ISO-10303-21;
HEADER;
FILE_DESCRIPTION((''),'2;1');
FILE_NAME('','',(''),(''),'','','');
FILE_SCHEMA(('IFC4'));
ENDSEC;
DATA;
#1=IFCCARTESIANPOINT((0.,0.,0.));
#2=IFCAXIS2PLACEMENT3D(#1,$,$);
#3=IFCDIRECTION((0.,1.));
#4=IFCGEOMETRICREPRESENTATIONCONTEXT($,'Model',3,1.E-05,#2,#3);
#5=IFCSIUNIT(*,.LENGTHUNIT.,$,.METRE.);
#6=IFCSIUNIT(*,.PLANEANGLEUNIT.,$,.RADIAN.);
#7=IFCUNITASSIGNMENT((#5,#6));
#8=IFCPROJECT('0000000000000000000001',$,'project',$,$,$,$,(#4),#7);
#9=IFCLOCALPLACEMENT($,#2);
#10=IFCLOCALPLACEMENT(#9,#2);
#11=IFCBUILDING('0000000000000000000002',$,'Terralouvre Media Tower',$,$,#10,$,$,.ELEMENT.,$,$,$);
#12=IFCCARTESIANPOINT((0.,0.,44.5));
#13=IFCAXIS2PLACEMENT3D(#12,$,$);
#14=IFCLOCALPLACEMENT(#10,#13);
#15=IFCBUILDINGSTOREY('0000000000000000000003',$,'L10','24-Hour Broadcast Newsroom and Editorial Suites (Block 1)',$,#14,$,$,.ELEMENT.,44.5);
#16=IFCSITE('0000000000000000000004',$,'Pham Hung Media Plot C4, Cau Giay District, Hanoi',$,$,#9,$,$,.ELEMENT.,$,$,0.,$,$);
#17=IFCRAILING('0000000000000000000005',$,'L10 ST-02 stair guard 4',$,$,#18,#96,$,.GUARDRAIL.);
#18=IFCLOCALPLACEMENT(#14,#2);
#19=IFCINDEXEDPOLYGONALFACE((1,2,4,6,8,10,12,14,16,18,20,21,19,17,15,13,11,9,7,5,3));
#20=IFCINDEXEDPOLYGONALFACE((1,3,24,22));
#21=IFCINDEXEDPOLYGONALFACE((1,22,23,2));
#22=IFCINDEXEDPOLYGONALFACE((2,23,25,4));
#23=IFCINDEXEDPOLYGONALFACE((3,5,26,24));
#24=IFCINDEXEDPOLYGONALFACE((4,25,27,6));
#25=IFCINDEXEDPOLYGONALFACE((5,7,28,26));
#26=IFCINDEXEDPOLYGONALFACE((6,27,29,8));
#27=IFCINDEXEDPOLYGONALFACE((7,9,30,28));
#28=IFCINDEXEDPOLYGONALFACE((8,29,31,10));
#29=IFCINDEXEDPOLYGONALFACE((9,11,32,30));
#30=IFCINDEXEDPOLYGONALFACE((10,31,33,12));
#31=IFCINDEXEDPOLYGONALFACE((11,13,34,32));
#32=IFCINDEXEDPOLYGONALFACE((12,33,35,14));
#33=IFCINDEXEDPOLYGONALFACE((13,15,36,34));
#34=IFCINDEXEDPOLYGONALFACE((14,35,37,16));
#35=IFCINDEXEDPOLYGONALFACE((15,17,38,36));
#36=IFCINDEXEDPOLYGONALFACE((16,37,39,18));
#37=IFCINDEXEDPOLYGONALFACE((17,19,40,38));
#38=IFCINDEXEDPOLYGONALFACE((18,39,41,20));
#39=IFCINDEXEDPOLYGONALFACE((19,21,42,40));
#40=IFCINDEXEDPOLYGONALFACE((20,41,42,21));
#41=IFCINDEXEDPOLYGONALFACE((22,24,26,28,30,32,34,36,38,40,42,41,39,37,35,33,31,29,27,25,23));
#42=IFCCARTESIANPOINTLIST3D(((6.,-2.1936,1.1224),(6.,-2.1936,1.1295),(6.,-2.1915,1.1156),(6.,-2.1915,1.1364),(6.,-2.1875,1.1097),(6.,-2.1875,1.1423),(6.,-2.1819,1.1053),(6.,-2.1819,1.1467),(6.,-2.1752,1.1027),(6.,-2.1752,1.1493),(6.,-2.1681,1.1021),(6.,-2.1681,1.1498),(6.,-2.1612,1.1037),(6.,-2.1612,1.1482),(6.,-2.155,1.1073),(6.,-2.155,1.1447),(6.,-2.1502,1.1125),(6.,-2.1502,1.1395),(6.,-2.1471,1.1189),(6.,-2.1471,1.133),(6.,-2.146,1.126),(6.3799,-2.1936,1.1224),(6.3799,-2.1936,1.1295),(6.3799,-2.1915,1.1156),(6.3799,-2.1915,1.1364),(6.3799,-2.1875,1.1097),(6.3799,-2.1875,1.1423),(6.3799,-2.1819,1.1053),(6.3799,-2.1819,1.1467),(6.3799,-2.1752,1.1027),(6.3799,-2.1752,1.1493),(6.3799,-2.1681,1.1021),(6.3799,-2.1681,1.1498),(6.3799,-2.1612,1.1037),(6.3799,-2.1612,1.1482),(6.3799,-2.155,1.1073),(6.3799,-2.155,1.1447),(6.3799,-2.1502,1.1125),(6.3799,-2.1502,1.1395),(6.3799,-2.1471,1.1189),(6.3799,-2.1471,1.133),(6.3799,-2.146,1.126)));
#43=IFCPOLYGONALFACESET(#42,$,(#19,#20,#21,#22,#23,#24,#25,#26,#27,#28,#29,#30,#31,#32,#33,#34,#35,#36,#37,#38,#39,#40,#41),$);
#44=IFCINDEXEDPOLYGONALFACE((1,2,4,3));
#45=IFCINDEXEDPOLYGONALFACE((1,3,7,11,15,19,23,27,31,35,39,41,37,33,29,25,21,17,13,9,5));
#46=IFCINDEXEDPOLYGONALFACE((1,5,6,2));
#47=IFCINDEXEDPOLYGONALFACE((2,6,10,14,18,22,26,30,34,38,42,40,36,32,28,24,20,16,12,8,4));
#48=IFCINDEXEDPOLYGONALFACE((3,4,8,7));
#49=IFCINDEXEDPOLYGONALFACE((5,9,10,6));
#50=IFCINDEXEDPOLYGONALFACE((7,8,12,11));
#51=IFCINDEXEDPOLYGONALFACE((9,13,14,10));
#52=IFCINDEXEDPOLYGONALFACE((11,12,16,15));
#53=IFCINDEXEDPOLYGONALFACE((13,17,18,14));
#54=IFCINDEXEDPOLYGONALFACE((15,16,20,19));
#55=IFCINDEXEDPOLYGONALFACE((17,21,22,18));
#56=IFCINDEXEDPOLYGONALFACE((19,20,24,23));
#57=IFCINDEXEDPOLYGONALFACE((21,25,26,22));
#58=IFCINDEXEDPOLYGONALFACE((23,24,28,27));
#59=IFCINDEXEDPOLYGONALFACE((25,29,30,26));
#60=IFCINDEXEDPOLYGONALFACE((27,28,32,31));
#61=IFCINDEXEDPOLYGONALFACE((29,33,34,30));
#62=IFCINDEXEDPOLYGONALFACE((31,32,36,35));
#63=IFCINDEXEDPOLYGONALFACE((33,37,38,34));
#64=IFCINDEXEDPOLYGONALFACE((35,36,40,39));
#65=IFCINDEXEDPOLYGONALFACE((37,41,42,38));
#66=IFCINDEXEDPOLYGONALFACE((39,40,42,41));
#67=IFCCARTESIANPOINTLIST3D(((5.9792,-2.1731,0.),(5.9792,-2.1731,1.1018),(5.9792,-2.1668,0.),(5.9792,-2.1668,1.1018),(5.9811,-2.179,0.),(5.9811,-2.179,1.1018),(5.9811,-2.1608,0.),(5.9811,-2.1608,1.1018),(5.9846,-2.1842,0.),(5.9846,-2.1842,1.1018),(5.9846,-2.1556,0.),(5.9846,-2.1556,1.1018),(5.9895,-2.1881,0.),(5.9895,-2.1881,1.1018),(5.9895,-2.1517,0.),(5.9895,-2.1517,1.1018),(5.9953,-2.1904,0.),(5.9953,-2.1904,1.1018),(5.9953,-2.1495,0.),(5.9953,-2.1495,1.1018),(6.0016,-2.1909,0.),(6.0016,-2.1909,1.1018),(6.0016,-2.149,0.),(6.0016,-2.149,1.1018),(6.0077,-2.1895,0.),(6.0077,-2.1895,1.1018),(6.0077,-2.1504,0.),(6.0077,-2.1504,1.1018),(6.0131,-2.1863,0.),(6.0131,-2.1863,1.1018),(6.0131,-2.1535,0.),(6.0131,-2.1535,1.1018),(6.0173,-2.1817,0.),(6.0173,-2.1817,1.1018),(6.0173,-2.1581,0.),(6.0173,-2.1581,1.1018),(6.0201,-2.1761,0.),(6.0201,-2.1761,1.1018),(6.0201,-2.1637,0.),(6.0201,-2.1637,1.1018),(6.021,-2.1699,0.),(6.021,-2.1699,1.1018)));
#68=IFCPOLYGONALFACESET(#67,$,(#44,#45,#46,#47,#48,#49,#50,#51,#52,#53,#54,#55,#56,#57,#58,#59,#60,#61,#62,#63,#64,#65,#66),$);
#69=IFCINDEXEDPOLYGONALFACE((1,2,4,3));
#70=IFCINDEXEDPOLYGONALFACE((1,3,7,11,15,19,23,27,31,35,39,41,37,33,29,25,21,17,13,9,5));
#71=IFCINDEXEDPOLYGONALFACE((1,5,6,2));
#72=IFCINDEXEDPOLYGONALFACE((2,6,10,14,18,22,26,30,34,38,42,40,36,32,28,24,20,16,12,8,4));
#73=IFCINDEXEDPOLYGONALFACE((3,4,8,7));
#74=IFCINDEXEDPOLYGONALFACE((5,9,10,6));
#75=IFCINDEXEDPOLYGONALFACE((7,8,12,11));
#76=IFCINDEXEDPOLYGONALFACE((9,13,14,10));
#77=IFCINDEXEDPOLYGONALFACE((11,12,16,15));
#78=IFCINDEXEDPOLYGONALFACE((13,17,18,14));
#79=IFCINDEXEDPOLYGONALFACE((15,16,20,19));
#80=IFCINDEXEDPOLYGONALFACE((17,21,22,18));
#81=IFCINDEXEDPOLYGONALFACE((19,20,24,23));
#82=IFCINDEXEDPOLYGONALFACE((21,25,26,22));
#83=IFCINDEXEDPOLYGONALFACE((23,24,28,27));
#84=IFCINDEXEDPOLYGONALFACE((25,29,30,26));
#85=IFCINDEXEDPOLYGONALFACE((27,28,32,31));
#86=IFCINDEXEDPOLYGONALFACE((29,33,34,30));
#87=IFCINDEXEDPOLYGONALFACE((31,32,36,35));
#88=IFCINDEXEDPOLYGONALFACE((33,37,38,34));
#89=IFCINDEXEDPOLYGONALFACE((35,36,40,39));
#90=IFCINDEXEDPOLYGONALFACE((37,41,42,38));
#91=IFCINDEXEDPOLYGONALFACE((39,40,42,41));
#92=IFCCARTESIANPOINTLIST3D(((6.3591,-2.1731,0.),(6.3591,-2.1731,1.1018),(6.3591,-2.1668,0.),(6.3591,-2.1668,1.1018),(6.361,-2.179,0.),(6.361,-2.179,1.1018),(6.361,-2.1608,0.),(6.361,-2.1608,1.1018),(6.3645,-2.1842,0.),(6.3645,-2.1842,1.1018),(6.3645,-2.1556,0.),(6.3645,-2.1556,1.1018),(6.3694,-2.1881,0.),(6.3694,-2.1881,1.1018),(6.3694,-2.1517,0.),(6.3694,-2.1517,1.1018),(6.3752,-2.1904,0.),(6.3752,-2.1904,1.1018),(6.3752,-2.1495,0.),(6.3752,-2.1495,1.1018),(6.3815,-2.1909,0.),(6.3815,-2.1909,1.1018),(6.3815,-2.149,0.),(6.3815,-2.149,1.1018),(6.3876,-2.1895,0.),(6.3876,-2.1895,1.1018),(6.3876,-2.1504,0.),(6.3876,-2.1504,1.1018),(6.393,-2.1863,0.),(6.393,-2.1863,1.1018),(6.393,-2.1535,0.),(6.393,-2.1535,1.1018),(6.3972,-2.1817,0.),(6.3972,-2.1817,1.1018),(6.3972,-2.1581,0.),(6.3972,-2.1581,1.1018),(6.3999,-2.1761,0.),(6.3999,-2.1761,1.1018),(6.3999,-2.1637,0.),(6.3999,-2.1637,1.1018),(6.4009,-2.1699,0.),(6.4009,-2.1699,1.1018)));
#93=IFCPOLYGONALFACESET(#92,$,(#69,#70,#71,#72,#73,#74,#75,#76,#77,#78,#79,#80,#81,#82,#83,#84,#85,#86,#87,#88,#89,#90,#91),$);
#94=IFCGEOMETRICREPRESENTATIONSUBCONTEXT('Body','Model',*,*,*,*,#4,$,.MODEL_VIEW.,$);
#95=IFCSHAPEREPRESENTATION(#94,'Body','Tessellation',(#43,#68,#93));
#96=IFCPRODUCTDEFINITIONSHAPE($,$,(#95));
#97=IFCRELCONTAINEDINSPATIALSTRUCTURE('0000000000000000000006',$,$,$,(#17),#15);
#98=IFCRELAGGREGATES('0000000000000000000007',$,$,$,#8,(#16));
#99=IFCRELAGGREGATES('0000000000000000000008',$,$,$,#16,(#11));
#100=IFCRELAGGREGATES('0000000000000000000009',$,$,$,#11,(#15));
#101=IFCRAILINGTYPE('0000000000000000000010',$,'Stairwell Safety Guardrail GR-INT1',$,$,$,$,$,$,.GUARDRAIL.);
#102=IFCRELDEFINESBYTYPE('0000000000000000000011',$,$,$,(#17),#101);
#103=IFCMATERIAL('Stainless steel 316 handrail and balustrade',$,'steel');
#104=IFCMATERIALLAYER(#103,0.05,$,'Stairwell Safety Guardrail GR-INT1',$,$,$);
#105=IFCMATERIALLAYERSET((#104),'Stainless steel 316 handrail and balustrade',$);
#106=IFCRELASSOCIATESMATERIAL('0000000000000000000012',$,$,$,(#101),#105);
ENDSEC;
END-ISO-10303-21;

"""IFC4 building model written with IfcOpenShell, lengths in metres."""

from ifc_helpers import new_model, si_unit, direction, frame, origin, origin_2d, place, context, subcontext, project, spatial, circle, extrude, material, layer, layer_set, type_object, element, save


model = new_model("IFC4")

# Units and contexts
model_context = context("Model", 3, precision=1e-05, world=origin(), true_north=direction((0.0, 1.0)))
body_context = subcontext(model_context, "Body", "Model", "MODEL_VIEW")
ifc_project = project(units=[si_unit("LENGTHUNIT", "METRE"), si_unit("PLANEANGLEUNIT", "RADIAN")], contexts=[model_context])

# Site, building, storey
site_placement = place(None, origin())
site = spatial("IfcSite", under=ifc_project, at=site_placement, Name="Pham Hung Media Plot C4, Cau Giay District, Hanoi", CompositionType="ELEMENT", RefElevation=0.0)
building_placement = place(site_placement, origin())
building = spatial("IfcBuilding", under=site, at=building_placement, Name="Terralouvre Media Tower", CompositionType="ELEMENT")
storey_placement = place(building_placement, frame((0.0, 0.0, 44.5)))
storey = spatial("IfcBuildingStorey", under=building, at=storey_placement, Name="L10", Description="24-Hour Broadcast Newsroom and Editorial Suites (Block 1)", CompositionType="ELEMENT", Elevation=44.5)

# Railing
ifc_material_1 = material(Name="Stainless steel 316 handrail and balustrade", Category="steel")
ifc_layer_1 = layer(ifc_material_1, 0.05, Name="Stairwell Safety Guardrail GR-INT1")
ifc_layer_set_1 = layer_set([ifc_layer_1], Name="Stainless steel 316 handrail and balustrade")
railing_type_1 = type_object("IfcRailingType", Name="Stairwell Safety Guardrail GR-INT1", PredefinedType="GUARDRAIL", material=ifc_layer_set_1)
railing_1_placement = place(storey_placement, frame((6.0, -2.1699, 0.0)))
element("IfcRailing", 1, at=railing_1_placement, inside=storey, type_object=railing_type_1, Name="L10 ST-02 stair guard 4", PredefinedType="GUARDRAIL", context=body_context, shape_type="SweptSolid", body=[
    extrude(circle(Radius=0.0239, at=origin_2d()), frame((0.0, 0.0, 1.126), z_axis=(1.0, 0.0, 0.0), x_axis=(0.0, 1.0, 0.0)), (0.0, 0.0, 1.0), 0.3799),
    extrude(circle(Radius=0.021, at=origin_2d()), origin(), (0.0, 0.0, 1.0), 1.1018),
    extrude(circle(Radius=0.021, at=origin_2d()), frame((0.3799, 0.0, 0.0)), (0.0, 0.0, 1.0), 1.1018),
])

save(model, "model.ifc")
